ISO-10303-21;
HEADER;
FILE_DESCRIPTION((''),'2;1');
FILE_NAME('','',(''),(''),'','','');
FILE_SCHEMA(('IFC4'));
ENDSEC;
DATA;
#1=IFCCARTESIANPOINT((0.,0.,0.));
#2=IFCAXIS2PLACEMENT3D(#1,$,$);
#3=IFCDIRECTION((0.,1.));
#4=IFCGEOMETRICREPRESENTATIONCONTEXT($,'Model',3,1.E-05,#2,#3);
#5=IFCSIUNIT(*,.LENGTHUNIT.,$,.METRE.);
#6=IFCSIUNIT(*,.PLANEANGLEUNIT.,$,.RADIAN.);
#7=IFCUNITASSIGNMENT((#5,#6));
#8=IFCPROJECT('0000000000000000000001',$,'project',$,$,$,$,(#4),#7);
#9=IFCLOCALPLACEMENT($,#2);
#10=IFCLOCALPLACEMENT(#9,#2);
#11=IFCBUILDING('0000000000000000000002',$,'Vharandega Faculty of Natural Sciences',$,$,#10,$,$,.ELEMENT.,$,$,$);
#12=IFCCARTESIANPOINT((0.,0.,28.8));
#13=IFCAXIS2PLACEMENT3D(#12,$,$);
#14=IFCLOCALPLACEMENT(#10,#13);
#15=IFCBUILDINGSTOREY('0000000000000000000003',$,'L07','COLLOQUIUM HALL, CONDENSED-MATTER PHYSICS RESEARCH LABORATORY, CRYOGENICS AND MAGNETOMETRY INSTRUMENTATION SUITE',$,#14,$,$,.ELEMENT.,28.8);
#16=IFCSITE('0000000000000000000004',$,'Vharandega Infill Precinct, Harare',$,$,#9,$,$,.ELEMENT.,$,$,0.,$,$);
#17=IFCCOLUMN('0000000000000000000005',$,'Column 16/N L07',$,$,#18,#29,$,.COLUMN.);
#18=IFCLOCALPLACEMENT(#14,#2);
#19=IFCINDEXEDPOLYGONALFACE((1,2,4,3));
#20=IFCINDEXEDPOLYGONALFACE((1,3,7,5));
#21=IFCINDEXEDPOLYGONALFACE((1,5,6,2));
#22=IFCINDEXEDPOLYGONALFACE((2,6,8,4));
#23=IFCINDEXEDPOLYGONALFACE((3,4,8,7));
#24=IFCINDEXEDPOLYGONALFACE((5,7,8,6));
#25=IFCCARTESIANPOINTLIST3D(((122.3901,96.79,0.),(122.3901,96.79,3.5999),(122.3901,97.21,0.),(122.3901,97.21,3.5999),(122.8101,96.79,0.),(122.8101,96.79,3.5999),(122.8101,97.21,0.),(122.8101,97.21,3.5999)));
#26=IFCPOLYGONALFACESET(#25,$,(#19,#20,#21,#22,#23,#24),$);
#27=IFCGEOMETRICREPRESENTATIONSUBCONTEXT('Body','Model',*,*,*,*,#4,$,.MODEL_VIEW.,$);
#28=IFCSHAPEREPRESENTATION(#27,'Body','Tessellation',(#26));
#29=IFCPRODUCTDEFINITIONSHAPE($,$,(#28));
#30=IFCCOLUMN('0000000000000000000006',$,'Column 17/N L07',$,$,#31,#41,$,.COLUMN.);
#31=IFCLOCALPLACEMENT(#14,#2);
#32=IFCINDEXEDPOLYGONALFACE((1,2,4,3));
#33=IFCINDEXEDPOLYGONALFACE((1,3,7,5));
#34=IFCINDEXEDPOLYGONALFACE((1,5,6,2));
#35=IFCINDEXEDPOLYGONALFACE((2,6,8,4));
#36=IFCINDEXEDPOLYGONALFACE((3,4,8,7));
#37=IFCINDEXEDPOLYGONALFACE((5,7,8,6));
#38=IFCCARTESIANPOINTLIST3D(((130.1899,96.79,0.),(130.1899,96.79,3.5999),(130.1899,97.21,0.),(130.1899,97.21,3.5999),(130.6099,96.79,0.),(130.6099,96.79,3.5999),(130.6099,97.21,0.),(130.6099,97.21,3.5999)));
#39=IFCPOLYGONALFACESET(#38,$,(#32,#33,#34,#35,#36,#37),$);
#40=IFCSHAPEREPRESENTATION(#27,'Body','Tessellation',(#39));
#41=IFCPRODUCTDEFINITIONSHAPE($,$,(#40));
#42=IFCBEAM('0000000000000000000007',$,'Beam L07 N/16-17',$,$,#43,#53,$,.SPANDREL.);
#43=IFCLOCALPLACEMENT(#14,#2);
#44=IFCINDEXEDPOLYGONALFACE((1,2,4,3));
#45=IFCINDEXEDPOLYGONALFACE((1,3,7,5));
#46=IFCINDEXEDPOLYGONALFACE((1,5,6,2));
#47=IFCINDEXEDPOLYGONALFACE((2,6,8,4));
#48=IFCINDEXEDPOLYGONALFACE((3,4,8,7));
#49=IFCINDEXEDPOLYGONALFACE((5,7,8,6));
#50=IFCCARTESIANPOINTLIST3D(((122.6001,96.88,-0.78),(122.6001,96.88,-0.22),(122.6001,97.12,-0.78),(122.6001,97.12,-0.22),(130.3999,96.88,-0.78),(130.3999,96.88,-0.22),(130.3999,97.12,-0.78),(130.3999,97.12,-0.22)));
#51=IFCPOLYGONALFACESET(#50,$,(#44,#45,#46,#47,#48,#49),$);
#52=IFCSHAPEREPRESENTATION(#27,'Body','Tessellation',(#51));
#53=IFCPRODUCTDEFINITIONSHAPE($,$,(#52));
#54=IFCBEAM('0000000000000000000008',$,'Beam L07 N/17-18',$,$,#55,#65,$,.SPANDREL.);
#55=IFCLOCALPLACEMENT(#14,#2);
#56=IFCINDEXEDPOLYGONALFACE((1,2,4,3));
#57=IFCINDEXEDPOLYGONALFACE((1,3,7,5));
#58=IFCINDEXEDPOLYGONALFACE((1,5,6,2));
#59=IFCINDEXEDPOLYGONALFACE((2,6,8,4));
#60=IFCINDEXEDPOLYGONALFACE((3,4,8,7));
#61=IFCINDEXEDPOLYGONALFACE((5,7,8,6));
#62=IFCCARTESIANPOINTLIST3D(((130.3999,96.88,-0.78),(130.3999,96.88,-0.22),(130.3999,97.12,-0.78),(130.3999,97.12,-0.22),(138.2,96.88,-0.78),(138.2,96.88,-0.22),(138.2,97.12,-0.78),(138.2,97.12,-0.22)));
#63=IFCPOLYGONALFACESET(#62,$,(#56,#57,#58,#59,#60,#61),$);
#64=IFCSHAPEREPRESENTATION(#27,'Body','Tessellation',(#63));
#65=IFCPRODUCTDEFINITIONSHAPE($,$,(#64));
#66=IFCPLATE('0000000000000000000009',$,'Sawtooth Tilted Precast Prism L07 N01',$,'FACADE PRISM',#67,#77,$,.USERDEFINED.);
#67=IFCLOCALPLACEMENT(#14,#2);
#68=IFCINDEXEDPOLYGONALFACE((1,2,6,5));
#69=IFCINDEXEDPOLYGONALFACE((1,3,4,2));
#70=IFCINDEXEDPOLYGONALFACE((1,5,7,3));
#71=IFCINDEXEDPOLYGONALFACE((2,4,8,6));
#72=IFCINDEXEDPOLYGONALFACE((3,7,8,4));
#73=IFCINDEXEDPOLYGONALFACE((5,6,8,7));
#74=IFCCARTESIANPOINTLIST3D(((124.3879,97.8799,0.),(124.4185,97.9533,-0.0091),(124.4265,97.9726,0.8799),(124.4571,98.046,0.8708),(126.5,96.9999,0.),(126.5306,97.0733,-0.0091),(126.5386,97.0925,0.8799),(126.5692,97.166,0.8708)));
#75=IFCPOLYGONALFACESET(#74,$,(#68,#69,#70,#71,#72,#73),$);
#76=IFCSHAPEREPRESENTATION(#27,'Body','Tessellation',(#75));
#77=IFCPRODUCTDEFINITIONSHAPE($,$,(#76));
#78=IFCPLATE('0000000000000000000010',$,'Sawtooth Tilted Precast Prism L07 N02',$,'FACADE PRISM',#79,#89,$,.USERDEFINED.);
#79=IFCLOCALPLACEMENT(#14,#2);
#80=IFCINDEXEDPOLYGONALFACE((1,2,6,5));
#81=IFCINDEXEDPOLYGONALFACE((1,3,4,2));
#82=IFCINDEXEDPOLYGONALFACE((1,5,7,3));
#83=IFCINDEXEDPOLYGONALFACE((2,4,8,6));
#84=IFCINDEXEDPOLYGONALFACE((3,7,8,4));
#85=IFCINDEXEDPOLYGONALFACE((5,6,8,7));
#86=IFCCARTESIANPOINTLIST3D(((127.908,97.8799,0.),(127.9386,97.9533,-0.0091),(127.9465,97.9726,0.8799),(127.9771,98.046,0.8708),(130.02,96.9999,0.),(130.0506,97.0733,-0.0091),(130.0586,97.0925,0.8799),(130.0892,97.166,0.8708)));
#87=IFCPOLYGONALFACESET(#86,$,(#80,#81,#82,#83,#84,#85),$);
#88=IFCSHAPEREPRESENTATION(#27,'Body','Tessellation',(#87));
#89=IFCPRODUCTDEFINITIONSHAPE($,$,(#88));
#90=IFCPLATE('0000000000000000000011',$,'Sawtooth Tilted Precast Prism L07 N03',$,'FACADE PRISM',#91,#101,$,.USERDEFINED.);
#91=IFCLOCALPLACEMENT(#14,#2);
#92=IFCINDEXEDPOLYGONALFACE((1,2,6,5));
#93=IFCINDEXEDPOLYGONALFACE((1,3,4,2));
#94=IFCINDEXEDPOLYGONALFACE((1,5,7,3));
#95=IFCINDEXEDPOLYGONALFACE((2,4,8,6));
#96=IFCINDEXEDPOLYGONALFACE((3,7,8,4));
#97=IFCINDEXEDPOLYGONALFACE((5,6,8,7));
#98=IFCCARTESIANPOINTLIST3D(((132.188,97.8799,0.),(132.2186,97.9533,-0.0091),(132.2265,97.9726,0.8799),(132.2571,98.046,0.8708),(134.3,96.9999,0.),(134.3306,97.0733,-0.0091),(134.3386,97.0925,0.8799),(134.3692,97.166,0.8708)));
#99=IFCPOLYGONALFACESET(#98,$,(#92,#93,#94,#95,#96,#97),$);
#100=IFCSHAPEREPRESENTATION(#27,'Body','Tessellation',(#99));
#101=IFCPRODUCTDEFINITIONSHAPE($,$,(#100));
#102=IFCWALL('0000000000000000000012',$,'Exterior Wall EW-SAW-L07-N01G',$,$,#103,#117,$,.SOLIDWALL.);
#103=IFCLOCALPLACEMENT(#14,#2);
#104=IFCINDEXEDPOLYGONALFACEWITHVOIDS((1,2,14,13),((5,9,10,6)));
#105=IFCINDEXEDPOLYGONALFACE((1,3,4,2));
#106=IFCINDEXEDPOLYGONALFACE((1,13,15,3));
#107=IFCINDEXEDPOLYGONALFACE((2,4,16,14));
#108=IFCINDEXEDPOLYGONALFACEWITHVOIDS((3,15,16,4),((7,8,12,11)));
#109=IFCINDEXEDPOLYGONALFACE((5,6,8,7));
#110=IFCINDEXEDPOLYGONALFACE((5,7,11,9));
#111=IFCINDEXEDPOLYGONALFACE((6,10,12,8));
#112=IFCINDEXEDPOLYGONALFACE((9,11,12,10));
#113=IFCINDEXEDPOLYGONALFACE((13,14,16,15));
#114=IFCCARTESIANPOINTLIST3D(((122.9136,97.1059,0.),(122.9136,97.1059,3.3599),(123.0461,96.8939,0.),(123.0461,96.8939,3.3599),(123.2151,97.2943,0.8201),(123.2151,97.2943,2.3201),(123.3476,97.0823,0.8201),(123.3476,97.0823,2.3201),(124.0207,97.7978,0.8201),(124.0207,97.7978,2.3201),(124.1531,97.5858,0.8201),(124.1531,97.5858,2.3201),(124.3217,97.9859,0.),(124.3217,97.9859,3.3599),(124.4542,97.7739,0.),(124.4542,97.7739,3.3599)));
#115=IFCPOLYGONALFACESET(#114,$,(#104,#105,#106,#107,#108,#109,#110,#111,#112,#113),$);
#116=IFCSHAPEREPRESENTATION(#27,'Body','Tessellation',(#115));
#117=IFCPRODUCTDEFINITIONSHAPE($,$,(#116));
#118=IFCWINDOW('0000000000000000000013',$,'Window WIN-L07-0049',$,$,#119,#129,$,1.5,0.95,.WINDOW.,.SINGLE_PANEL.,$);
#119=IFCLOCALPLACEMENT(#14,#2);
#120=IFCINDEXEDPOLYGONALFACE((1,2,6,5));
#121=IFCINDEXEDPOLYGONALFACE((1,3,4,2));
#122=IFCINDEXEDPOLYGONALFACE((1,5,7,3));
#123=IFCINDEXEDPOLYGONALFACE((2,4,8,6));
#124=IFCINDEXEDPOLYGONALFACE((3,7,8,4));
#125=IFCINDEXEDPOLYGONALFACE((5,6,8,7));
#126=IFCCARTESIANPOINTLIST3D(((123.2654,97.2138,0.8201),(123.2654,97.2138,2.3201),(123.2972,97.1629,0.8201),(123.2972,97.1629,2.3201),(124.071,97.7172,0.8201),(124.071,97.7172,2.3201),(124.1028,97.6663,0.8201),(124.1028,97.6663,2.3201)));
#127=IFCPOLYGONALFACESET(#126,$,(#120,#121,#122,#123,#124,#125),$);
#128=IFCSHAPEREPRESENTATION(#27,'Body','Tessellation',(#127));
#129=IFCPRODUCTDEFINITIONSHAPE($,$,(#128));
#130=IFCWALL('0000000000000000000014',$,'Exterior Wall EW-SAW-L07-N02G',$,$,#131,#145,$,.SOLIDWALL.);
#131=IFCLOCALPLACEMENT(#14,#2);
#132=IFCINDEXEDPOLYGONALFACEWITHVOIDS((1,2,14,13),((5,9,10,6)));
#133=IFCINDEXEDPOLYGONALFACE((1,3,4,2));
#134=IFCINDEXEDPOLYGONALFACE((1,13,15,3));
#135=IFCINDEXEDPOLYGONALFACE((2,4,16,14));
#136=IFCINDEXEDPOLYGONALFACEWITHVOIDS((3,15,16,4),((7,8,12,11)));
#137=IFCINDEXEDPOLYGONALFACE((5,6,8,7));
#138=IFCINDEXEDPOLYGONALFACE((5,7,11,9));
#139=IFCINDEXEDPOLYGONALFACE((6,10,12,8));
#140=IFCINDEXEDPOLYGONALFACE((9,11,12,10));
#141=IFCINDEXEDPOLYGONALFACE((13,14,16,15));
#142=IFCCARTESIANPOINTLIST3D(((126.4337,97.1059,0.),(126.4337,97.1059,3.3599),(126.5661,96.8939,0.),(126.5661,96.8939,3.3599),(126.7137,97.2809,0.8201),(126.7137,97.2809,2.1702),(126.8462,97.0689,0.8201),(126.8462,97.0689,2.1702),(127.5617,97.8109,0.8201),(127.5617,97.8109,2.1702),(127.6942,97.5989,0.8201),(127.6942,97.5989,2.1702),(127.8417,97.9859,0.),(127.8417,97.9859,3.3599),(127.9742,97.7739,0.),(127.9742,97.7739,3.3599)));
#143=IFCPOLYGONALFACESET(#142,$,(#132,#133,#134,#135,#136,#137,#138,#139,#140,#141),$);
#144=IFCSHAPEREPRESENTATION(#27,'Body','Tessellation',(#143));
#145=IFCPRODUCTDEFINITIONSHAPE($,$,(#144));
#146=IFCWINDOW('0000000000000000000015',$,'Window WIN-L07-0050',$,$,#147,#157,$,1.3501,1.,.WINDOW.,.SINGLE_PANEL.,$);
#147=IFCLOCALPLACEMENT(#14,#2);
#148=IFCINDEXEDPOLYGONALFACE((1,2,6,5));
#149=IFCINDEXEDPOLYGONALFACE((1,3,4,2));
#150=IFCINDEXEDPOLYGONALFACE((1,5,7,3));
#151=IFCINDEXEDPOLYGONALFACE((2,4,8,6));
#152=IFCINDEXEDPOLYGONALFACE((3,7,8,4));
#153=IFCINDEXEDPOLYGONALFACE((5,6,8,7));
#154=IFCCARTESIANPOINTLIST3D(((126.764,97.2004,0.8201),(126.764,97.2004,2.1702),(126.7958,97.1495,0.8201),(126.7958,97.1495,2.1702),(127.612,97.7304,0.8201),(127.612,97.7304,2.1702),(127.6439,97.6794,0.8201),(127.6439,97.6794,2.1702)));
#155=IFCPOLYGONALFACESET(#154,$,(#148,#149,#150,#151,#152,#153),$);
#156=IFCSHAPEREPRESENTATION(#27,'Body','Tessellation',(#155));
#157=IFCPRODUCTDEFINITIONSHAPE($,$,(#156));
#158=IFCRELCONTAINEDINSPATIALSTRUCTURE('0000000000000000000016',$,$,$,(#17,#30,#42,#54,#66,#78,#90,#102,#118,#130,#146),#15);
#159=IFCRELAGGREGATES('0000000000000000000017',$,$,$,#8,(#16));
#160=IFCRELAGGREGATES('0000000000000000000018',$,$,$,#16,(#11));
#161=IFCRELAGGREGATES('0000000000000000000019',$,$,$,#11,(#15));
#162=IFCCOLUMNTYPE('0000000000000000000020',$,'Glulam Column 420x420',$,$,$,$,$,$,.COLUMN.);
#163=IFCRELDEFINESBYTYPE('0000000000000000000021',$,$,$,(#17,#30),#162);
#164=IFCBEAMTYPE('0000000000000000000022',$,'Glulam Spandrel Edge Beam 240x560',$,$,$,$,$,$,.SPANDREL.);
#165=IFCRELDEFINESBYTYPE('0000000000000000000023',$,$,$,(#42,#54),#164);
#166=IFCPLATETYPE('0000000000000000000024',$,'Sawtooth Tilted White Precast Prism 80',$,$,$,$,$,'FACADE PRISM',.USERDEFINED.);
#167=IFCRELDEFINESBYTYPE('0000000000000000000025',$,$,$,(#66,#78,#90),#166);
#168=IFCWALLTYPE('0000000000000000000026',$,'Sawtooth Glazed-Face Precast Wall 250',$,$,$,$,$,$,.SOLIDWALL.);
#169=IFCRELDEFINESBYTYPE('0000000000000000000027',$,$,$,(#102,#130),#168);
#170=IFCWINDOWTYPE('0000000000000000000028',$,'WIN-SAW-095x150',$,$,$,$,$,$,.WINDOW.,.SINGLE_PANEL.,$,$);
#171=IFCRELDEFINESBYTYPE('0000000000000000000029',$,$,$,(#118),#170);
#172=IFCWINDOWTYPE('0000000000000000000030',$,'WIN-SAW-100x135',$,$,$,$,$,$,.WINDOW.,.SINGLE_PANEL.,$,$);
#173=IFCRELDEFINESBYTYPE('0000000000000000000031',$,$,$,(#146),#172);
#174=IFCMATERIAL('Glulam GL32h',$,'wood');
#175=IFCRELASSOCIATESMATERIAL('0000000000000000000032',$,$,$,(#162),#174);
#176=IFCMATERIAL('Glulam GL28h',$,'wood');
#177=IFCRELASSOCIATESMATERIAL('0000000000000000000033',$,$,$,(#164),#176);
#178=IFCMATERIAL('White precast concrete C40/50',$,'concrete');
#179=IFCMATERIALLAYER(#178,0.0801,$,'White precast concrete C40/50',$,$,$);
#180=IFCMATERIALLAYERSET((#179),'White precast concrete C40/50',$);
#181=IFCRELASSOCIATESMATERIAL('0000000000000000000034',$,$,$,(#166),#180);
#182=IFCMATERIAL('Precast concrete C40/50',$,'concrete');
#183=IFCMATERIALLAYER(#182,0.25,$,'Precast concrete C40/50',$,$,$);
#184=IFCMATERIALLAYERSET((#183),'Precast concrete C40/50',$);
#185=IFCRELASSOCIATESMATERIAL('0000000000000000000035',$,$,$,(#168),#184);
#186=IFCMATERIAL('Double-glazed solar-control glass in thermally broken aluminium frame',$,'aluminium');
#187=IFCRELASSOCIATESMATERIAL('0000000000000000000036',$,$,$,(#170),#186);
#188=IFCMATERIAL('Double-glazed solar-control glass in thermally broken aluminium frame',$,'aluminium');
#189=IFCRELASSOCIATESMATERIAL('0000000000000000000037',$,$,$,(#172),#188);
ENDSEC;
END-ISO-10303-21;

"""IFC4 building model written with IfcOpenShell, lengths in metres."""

from ifc_helpers import new_model, si_unit, direction, frame, frame_2d, origin, origin_2d, place, context, subcontext, project, spatial, polyline, rectangle, outline, extrude, material, layer, layer_set, material_profile, profile_set, type_object, element, fill, save


model = new_model("IFC4")

# Units and contexts
model_context = context("Model", 3, precision=1e-05, world=origin(), true_north=direction((0.0, 1.0)))
body_context = subcontext(model_context, "Body", "Model", "MODEL_VIEW")
ifc_project = project(units=[si_unit("LENGTHUNIT", "METRE"), si_unit("PLANEANGLEUNIT", "RADIAN")], contexts=[model_context])

# Site, building, storey
site_placement = place(None, origin())
site = spatial("IfcSite", under=ifc_project, at=site_placement, Name="Vharandega Infill Precinct, Harare", CompositionType="ELEMENT", RefElevation=0.0)
building_placement = place(site_placement, origin())
building = spatial("IfcBuilding", under=site, at=building_placement, Name="Vharandega Faculty of Natural Sciences", CompositionType="ELEMENT")
storey_placement = place(building_placement, frame((0.0, 0.0, 28.8)))
storey = spatial("IfcBuildingStorey", under=building, at=storey_placement, Name="L07", Description="COLLOQUIUM HALL, CONDENSED-MATTER PHYSICS RESEARCH LABORATORY, CRYOGENICS AND MAGNETOMETRY INSTRUMENTATION SUITE", CompositionType="ELEMENT", Elevation=28.8)

# Columns
ifc_material_1 = material(Name="Glulam GL32h", Category="wood")
ifc_material_profile_1 = material_profile(ifc_material_1, rectangle(XDim=0.4199, YDim=0.4199, at=origin_2d()), Name="GL32h 420x420")
ifc_profile_set_1 = profile_set([ifc_material_profile_1], Name="Glulam GL32h")
column_type = type_object("IfcColumnType", Name="Glulam Column 420x420", PredefinedType="COLUMN", material=ifc_profile_set_1)
for number, where, z_axis, x_axis, name in (
    (1, (122.6001, 97.0, 0.0), (0.0, 0.0, 1.0), (1.0, 0.0, 0.0), "Column 16/N L07"),
    (2, (130.3999, 97.0, 0.0), (0.0, 0.0, 1.0), (1.0, 0.0, 0.0), "Column 17/N L07"),
):
    element("IfcColumn", number, at=place(storey_placement, frame(where, z_axis=z_axis, x_axis=x_axis)), inside=storey, type_object=column_type, Name=name, PredefinedType="COLUMN", context=body_context, shape_type="SweptSolid", body=[
        extrude(rectangle(XDim=0.4199, YDim=0.4199, at=origin_2d()), origin(), (0.0, 0.0, 1.0), 3.5999),
    ])

# Beams
ifc_material_2 = material(Name="Glulam GL28h", Category="wood")
ifc_material_profile_2 = material_profile(ifc_material_2, rectangle(XDim=0.24, YDim=0.5601, at=origin_2d()), Name="GL28h 240x560")
ifc_profile_set_2 = profile_set([ifc_material_profile_2], Name="Glulam GL28h")
beam_type = type_object("IfcBeamType", Name="Glulam Spandrel Edge Beam 240x560", PredefinedType="SPANDREL", material=ifc_profile_set_2)
beam_1_placement = place(storey_placement, frame((122.6001, 97.0, -0.5), z_axis=(1.0, 0.0, 0.0), x_axis=(0.0, 1.0, 0.0)))
element("IfcBeam", 3, at=beam_1_placement, inside=storey, type_object=beam_type, Name="Beam L07 N/16-17", PredefinedType="SPANDREL", context=body_context, shape_type="SweptSolid", body=[
    extrude(rectangle(XDim=0.24, YDim=0.5601, at=origin_2d()), origin(), (0.0, 0.0, 1.0), 7.7998),
])
beam_2_placement = place(storey_placement, frame((130.3999, 97.0, -0.5), z_axis=(1.0, 0.0, 0.0), x_axis=(0.0, 1.0, 0.0)))
element("IfcBeam", 4, at=beam_2_placement, inside=storey, type_object=beam_type, Name="Beam L07 N/17-18", PredefinedType="SPANDREL", context=body_context, shape_type="SweptSolid", body=[
    extrude(rectangle(XDim=0.24, YDim=0.5601, at=origin_2d()), origin(), (0.0, 0.0, 1.0), 7.8),
])

# Plates
ifc_material_3 = material(Name="White precast concrete C40/50", Category="concrete")
ifc_layer_1 = layer(ifc_material_3, 0.0801, Name="White precast concrete C40/50")
ifc_layer_set_1 = layer_set([ifc_layer_1], Name="White precast concrete C40/50")
plate_type = type_object("IfcPlateType", Name="Sawtooth Tilted White Precast Prism 80", ElementType="FACADE PRISM", PredefinedType="USERDEFINED", material=ifc_layer_set_1)
for number, where, z_axis, x_axis, name in (
    (5, (124.3879, 97.8799, 0.0), (-0.38213, -0.917133, 0.113326), (0.043509, 0.104642, 0.993558), "Sawtooth Tilted Precast Prism L07 N01"),
    (6, (127.908, 97.8799, 0.0), (-0.38213, -0.917133, 0.113326), (0.043509, 0.104642, 0.993558), "Sawtooth Tilted Precast Prism L07 N02"),
    (7, (132.188, 97.8799, 0.0), (-0.38213, -0.917133, 0.113326), (0.043509, 0.104642, 0.993558), "Sawtooth Tilted Precast Prism L07 N03"),
):
    element("IfcPlate", number, at=place(storey_placement, frame(where, z_axis=z_axis, x_axis=x_axis)), inside=storey, type_object=plate_type, Name=name, ObjectType="FACADE PRISM", PredefinedType="USERDEFINED", context=body_context, shape_type="SweptSolid", body=[
        extrude(outline(polyline([(0.0, 0.0), (0.8856, 0.0), (0.8854, -2.2881), (-0.0002, -2.288), (0.0, 0.0)])), origin(), (0.0, 0.0, -1.0), 0.0801),
    ])

# Walls, openings, windows
ifc_material_4 = material(Name="Precast concrete C40/50", Category="concrete")
ifc_layer_2 = layer(ifc_material_4, 0.25, Name="Precast concrete C40/50")
ifc_layer_set_2 = layer_set([ifc_layer_2], Name="Precast concrete C40/50")
wall_type_1 = type_object("IfcWallType", Name="Sawtooth Glazed-Face Precast Wall 250", PredefinedType="SOLIDWALL", material=ifc_layer_set_2)
wall_1_placement = place(storey_placement, frame((122.98, 97.0, 0.0), z_axis=(0.0, 0.0, 1.0), x_axis=(0.848023, 0.529959, 0.0)))
wall_1 = element("IfcWall", 8, at=wall_1_placement, inside=storey, type_object=wall_type_1, Name="Exterior Wall EW-SAW-L07-N01G", PredefinedType="SOLIDWALL", context=body_context, shape_type="SweptSolid", body=[
    extrude(rectangle(XDim=1.6604, YDim=0.25, at=frame_2d((0.8301, 0.0))), origin(), (0.0, 0.0, 1.0), 3.3599),
])
opening_1_placement = place(wall_1_placement, frame((0.3552, 0.0, 0.8201)))
opening_1 = element("IfcOpeningElement", 9, at=opening_1_placement, cuts=wall_1, PredefinedType="OPENING", context=body_context, shape_type="SweptSolid", body=[
    extrude(rectangle(XDim=0.95, YDim=1.5, at=frame_2d((0.4751, 0.75))), frame((0.0, 0.135, 0.0), z_axis=(0.0, -1.0, 0.0), x_axis=(1.0, 0.0, 0.0)), (0.0, 0.0, 1.0), 0.27),
])
ifc_material_5 = material(Name="Double-glazed solar-control glass in thermally broken aluminium frame", Category="aluminium")
window_type_1 = type_object("IfcWindowType", Name="WIN-SAW-095x150", PartitioningType="SINGLE_PANEL", PredefinedType="WINDOW", material=ifc_material_5)
window_1_placement = place(opening_1_placement, origin())
window_1 = element("IfcWindow", 10, at=window_1_placement, inside=storey, type_object=window_type_1, Name="Window WIN-L07-0049", OverallHeight=1.5, OverallWidth=0.95, PartitioningType="SINGLE_PANEL", PredefinedType="WINDOW", context=body_context, shape_type="SweptSolid", body=[
    extrude(rectangle(XDim=0.95, YDim=1.5, at=frame_2d((0.4751, 0.75))), frame((0.0, 0.03, 0.0), z_axis=(0.0, -1.0, 0.0), x_axis=(1.0, 0.0, 0.0)), (0.0, 0.0, 1.0), 0.0601),
])
fill(opening_1, window_1)
wall_2_placement = place(storey_placement, frame((126.5, 97.0, 0.0), z_axis=(0.0, 0.0, 1.0), x_axis=(0.848023, 0.529959, 0.0)))
wall_2 = element("IfcWall", 11, at=wall_2_placement, inside=storey, type_object=wall_type_1, Name="Exterior Wall EW-SAW-L07-N02G", PredefinedType="SOLIDWALL", context=body_context, shape_type="SweptSolid", body=[
    extrude(rectangle(XDim=1.6604, YDim=0.25, at=frame_2d((0.8301, 0.0))), origin(), (0.0, 0.0, 1.0), 3.3599),
])
opening_2_placement = place(wall_2_placement, frame((0.3301, 0.0, 0.8201)))
opening_2 = element("IfcOpeningElement", 12, at=opening_2_placement, cuts=wall_2, PredefinedType="OPENING", context=body_context, shape_type="SweptSolid", body=[
    extrude(rectangle(XDim=1.0, YDim=1.3501, at=frame_2d((0.5, 0.675))), frame((0.0, 0.135, 0.0), z_axis=(0.0, -1.0, 0.0), x_axis=(1.0, 0.0, 0.0)), (0.0, 0.0, 1.0), 0.27),
])
ifc_material_6 = material(Name="Double-glazed solar-control glass in thermally broken aluminium frame", Category="aluminium")
window_type_2 = type_object("IfcWindowType", Name="WIN-SAW-100x135", PartitioningType="SINGLE_PANEL", PredefinedType="WINDOW", material=ifc_material_6)
window_2_placement = place(opening_2_placement, origin())
window_2 = element("IfcWindow", 13, at=window_2_placement, inside=storey, type_object=window_type_2, Name="Window WIN-L07-0050", OverallHeight=1.3501, OverallWidth=1.0, PartitioningType="SINGLE_PANEL", PredefinedType="WINDOW", context=body_context, shape_type="SweptSolid", body=[
    extrude(rectangle(XDim=1.0, YDim=1.3501, at=frame_2d((0.5, 0.675))), frame((0.0, 0.03, 0.0), z_axis=(0.0, -1.0, 0.0), x_axis=(1.0, 0.0, 0.0)), (0.0, 0.0, 1.0), 0.0601),
])
fill(opening_2, window_2)

save(model, "model.ifc")
